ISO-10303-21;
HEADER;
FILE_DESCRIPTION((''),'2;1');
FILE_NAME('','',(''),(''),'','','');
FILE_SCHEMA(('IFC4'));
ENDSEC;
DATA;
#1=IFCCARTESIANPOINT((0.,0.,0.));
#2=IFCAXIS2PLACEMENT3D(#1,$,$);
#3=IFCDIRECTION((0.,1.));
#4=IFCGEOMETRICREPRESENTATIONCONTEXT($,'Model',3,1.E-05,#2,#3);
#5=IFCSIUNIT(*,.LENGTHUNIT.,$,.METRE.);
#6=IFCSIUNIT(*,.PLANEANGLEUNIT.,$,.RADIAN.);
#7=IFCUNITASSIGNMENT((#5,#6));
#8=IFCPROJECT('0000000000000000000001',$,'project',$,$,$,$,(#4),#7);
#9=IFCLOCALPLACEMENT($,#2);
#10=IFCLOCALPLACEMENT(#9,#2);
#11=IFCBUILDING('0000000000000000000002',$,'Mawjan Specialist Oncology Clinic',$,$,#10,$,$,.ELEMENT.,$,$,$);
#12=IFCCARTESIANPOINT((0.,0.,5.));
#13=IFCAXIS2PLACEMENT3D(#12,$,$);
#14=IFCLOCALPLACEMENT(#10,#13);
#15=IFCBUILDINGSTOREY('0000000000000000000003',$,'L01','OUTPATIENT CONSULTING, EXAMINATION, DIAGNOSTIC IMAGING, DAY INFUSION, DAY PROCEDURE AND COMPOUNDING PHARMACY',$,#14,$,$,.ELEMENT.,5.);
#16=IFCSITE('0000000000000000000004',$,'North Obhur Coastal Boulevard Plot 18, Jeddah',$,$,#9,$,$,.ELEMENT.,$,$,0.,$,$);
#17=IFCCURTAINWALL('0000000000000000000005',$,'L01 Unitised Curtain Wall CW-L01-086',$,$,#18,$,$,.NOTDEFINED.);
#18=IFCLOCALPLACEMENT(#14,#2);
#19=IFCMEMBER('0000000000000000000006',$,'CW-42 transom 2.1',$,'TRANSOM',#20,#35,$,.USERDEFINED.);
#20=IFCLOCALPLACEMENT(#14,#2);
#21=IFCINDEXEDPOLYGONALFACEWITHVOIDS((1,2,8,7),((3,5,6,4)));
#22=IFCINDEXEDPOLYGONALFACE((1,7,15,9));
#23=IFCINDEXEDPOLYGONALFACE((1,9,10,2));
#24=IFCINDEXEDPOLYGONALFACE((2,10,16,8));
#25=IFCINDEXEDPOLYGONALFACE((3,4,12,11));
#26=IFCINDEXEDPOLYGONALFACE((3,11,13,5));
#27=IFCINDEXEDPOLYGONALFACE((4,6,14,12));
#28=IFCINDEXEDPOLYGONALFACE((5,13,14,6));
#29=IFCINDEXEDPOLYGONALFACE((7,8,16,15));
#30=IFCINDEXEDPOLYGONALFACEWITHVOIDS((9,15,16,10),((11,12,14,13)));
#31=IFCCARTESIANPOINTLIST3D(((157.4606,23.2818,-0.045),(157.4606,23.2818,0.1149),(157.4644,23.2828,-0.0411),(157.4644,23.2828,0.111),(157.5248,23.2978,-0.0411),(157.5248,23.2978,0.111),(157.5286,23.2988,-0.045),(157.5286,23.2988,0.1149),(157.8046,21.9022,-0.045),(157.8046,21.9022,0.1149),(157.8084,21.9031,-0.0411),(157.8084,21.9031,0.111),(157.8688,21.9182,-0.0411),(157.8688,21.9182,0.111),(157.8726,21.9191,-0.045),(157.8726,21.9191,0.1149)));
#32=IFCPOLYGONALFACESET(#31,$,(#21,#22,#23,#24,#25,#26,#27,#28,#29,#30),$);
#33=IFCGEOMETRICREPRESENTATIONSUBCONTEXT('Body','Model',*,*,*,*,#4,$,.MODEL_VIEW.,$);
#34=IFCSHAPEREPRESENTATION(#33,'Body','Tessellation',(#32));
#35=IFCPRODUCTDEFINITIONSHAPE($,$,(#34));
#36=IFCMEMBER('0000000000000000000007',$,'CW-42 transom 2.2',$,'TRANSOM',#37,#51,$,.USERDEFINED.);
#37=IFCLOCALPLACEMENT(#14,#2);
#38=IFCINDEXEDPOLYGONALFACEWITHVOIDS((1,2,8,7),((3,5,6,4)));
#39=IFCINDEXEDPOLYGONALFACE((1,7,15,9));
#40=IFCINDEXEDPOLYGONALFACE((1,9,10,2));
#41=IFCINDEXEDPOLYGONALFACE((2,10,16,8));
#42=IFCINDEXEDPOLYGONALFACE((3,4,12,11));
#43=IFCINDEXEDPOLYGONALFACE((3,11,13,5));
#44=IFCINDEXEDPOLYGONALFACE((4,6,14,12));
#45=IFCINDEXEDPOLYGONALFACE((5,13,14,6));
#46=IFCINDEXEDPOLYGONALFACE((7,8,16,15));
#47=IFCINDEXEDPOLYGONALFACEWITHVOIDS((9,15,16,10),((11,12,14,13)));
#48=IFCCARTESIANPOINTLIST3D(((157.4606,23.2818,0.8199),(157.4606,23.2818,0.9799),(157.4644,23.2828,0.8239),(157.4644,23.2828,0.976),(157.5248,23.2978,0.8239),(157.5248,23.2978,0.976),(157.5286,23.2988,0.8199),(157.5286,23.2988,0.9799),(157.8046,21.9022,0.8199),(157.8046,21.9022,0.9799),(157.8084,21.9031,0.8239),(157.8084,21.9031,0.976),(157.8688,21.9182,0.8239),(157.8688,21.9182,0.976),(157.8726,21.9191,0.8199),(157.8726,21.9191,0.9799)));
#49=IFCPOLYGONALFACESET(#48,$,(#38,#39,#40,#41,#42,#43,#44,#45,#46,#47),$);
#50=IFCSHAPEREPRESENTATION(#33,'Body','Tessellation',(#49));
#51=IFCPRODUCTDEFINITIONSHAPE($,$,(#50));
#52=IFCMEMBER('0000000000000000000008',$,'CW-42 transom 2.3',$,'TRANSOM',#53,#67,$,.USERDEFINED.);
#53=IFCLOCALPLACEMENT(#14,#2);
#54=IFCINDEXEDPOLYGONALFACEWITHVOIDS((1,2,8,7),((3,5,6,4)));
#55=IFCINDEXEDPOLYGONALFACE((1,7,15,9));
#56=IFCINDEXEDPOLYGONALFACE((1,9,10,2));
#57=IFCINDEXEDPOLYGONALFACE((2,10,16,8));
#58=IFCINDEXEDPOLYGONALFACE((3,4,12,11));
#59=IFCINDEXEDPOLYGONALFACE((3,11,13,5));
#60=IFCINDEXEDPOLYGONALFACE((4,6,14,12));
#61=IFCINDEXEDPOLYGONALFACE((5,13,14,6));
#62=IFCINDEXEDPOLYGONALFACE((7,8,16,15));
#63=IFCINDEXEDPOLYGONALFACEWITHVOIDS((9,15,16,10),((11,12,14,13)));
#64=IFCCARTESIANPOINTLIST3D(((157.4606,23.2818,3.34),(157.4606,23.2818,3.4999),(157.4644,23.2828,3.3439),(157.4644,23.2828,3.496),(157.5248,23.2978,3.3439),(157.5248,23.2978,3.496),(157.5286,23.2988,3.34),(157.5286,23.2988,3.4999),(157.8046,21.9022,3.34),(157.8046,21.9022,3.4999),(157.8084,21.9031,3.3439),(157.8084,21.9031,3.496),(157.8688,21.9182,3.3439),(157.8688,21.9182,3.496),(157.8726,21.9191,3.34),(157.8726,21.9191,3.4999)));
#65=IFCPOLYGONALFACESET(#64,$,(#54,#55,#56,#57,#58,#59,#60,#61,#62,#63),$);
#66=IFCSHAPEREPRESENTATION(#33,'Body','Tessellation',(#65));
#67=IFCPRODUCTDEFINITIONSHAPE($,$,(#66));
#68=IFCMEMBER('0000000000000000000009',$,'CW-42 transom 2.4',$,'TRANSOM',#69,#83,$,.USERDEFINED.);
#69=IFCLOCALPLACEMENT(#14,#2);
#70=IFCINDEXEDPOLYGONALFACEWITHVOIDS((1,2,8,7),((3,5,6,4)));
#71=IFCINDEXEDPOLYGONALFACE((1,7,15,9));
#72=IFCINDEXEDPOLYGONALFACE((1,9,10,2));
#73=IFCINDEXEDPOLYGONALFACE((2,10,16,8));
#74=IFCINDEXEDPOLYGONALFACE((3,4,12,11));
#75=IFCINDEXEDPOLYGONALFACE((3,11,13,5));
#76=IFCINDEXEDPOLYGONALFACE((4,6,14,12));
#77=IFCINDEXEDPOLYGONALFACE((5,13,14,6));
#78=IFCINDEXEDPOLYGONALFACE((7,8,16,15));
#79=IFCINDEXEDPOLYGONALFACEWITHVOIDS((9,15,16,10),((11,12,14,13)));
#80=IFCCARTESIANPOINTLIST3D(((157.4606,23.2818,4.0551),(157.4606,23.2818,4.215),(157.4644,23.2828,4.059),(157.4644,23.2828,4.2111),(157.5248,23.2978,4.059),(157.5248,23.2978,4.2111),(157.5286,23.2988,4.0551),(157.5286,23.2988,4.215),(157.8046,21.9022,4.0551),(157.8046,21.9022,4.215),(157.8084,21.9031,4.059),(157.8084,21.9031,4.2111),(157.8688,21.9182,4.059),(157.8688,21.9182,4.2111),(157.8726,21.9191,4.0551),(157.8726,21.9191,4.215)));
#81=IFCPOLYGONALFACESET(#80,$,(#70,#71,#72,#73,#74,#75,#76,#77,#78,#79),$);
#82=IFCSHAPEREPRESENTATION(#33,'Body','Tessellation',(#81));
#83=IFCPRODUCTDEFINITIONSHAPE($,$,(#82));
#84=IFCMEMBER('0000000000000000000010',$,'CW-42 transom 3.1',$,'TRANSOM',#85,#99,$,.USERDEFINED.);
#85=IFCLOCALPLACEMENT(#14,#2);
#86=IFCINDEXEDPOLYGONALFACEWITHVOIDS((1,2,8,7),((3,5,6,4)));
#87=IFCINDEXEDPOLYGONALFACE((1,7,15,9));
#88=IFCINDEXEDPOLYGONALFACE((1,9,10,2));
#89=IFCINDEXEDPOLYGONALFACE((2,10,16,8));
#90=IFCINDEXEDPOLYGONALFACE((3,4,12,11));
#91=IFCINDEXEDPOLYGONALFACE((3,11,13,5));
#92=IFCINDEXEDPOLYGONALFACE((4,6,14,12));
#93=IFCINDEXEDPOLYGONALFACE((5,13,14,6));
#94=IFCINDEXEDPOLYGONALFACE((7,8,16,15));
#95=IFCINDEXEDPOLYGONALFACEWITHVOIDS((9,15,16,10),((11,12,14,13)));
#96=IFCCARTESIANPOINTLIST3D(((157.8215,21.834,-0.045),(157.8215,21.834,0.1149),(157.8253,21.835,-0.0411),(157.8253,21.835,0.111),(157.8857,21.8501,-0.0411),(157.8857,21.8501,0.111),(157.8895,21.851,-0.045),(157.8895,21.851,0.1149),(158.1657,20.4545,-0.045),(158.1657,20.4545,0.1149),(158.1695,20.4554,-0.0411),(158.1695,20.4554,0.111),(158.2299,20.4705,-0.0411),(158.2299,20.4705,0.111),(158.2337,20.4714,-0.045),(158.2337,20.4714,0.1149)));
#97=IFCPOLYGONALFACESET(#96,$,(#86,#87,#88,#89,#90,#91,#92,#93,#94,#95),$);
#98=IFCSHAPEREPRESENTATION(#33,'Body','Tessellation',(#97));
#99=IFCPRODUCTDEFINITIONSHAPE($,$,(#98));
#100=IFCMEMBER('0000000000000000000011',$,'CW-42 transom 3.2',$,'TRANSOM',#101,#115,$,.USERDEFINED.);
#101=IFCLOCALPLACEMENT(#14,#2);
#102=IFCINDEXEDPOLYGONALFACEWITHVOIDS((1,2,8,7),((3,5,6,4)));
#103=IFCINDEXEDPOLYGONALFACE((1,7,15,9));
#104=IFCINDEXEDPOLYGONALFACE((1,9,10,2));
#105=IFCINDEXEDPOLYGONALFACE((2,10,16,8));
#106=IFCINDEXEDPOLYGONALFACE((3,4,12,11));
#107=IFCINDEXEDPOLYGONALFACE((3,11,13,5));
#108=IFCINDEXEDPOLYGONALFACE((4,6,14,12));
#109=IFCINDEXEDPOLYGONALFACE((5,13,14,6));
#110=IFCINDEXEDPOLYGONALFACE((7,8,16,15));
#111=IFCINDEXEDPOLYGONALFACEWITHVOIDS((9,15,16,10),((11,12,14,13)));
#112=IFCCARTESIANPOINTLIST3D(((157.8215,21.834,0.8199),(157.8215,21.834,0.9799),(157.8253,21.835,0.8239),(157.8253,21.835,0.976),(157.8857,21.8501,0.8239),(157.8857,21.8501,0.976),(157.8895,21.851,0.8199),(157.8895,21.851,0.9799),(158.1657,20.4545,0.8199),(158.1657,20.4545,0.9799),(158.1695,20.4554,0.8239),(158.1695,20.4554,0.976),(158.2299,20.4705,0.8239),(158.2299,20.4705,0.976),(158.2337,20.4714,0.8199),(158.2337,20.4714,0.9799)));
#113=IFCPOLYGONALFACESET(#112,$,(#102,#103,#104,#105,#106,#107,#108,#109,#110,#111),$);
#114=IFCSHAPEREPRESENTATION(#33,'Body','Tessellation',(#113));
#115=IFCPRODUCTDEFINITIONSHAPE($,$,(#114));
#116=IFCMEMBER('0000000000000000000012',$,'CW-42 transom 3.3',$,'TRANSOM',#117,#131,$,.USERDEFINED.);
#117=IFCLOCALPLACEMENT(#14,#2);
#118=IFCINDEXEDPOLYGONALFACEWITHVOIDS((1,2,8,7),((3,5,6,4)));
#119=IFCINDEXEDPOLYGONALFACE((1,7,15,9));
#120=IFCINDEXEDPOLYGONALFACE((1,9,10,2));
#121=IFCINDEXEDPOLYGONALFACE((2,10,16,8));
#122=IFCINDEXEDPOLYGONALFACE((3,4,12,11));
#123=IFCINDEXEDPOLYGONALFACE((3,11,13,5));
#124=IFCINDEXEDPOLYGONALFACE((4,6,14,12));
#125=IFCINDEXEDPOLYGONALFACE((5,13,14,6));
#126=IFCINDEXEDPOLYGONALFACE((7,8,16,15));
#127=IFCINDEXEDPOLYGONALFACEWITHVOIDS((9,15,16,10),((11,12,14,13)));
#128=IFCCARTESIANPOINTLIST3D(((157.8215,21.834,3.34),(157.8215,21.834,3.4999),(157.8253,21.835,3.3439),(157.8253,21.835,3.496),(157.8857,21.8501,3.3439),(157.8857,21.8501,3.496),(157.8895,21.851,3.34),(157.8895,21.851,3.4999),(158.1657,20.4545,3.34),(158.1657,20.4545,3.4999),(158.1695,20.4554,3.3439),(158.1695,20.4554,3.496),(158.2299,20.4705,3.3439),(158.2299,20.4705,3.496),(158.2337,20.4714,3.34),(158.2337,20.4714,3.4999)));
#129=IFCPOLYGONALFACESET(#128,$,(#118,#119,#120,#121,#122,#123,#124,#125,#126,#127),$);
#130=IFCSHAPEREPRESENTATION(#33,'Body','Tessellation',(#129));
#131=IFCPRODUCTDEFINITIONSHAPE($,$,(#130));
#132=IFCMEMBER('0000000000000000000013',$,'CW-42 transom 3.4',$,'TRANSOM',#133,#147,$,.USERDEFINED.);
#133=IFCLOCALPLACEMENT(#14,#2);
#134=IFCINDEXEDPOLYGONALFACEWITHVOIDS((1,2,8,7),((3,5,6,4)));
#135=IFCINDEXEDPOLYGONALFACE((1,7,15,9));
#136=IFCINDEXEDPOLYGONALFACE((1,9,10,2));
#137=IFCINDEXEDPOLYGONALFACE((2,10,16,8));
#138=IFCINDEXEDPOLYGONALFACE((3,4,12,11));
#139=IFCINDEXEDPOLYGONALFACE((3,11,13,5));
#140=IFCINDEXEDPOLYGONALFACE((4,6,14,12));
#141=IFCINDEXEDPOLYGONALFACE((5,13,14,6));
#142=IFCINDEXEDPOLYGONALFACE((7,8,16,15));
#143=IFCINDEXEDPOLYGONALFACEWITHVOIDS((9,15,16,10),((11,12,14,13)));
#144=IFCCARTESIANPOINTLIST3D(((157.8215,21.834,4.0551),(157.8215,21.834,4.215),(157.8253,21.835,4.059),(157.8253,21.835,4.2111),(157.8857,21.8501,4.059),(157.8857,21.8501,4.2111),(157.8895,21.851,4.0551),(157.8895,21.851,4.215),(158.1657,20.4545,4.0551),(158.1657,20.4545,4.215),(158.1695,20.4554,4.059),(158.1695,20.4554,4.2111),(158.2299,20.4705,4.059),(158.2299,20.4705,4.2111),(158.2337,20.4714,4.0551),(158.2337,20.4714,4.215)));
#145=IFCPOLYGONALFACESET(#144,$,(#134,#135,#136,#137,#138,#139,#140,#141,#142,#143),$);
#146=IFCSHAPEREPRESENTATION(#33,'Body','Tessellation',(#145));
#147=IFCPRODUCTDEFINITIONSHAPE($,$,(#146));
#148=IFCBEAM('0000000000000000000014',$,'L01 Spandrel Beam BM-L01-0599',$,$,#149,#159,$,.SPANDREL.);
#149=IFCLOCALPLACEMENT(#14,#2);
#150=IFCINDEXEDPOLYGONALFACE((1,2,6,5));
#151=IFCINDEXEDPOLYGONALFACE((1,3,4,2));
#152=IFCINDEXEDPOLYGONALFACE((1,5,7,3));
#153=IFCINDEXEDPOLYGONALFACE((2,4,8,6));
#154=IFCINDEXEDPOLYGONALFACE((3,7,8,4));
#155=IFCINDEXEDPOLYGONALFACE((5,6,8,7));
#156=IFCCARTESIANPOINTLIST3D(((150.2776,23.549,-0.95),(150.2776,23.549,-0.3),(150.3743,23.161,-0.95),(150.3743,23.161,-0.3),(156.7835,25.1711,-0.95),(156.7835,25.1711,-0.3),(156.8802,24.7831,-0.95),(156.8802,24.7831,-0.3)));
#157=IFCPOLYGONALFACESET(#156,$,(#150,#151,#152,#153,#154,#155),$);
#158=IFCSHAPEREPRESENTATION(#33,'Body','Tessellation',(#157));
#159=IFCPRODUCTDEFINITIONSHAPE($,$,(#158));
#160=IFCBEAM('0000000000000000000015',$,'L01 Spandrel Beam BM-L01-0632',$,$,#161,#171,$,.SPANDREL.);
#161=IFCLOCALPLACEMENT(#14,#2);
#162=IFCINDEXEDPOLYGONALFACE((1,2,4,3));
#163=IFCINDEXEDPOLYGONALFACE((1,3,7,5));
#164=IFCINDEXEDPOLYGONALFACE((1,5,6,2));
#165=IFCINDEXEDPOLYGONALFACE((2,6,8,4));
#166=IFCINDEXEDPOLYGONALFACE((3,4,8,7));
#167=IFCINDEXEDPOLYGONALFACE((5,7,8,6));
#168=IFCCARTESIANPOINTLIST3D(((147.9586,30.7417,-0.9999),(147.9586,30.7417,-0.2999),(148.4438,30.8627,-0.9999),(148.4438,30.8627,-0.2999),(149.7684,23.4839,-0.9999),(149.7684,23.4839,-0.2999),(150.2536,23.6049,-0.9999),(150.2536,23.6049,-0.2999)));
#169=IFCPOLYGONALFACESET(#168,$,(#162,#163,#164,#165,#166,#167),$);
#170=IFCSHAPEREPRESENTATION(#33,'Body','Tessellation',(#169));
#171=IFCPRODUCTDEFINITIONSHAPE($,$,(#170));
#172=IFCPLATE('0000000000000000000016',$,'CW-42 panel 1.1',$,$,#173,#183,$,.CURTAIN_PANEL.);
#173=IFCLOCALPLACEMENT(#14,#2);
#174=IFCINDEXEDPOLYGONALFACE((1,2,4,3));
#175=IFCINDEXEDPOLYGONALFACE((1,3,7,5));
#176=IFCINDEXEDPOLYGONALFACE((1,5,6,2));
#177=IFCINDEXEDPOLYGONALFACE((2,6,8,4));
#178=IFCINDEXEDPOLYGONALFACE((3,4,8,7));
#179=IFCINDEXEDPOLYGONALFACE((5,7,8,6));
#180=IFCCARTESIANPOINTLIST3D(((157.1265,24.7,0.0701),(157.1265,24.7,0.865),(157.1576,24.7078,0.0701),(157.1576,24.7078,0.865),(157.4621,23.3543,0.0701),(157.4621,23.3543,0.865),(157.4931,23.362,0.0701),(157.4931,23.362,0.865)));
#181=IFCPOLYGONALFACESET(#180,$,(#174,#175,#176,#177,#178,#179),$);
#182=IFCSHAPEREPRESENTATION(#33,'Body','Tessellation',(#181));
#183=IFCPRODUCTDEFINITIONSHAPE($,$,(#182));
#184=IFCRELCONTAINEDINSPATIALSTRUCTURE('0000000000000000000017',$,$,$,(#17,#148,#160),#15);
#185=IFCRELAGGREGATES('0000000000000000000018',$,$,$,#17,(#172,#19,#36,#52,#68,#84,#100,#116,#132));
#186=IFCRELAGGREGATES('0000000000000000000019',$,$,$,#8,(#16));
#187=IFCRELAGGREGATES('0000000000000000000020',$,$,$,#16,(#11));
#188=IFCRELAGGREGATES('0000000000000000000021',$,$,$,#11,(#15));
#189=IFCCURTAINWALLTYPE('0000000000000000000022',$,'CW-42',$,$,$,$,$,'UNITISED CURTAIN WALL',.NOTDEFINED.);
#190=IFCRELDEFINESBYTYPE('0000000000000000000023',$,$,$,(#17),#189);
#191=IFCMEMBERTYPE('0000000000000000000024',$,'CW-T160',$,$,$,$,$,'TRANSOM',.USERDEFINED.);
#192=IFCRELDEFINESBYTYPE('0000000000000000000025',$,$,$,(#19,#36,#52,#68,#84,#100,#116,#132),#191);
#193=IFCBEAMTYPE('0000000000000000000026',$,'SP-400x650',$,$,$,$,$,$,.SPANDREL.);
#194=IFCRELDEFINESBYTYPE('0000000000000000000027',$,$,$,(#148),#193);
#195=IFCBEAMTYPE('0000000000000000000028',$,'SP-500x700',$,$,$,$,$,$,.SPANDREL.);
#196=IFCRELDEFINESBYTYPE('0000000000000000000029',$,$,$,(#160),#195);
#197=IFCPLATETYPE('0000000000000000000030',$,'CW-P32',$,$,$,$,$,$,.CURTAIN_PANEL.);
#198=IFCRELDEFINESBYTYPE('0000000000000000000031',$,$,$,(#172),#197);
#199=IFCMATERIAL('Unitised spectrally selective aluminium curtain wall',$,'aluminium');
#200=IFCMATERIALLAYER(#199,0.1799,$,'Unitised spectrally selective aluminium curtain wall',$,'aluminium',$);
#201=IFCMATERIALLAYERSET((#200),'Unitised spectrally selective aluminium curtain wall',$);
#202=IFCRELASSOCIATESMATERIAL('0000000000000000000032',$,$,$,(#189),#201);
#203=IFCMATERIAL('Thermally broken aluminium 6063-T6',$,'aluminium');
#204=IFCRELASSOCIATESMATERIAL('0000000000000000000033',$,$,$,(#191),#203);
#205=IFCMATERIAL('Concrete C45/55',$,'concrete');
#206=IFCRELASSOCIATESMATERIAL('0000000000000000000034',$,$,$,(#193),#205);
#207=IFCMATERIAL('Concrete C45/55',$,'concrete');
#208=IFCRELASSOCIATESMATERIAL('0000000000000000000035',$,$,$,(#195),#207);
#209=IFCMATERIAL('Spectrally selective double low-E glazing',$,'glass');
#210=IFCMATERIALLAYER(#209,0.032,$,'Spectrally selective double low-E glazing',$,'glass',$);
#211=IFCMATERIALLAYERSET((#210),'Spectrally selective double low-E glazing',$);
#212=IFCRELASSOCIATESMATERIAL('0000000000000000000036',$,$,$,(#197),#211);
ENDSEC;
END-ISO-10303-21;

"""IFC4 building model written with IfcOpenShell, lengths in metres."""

from ifc_helpers import new_model, si_unit, direction, frame, origin, origin_2d, place, context, subcontext, project, spatial, rectangle, hollow_rectangle, extrude, material, layer, layer_set, material_profile, profile_set, type_object, element, aggregate, save


model = new_model("IFC4")

# Units and contexts
model_context = context("Model", 3, precision=1e-05, world=origin(), true_north=direction((0.0, 1.0)))
body_context = subcontext(model_context, "Body", "Model", "MODEL_VIEW")
ifc_project = project(units=[si_unit("LENGTHUNIT", "METRE"), si_unit("PLANEANGLEUNIT", "RADIAN")], contexts=[model_context])

# Site, building, storey
site_placement = place(None, origin())
site = spatial("IfcSite", under=ifc_project, at=site_placement, Name="North Obhur Coastal Boulevard Plot 18, Jeddah", CompositionType="ELEMENT", RefElevation=0.0)
building_placement = place(site_placement, origin())
building = spatial("IfcBuilding", under=site, at=building_placement, Name="Mawjan Specialist Oncology Clinic", CompositionType="ELEMENT")
storey_placement = place(building_placement, frame((0.0, 0.0, 5.0)))
storey = spatial("IfcBuildingStorey", under=building, at=storey_placement, Name="L01", Description="OUTPATIENT CONSULTING, EXAMINATION, DIAGNOSTIC IMAGING, DAY INFUSION, DAY PROCEDURE AND COMPOUNDING PHARMACY", CompositionType="ELEMENT", Elevation=5.0)

# Curtain wall, members
ifc_material_1 = material(Name="Unitised spectrally selective aluminium curtain wall", Category="aluminium")
ifc_layer_1 = layer(ifc_material_1, 0.1799, Name="Unitised spectrally selective aluminium curtain wall", Category="aluminium")
ifc_layer_set_1 = layer_set([ifc_layer_1], Name="Unitised spectrally selective aluminium curtain wall")
curtain_wall_type_1 = type_object("IfcCurtainWallType", Name="CW-42", ElementType="UNITISED CURTAIN WALL", PredefinedType="NOTDEFINED", material=ifc_layer_set_1)
curtain_wall_1_placement = place(storey_placement, origin())
curtain_wall_1 = element("IfcCurtainWall", 1, at=curtain_wall_1_placement, inside=storey, type_object=curtain_wall_type_1, Name="L01 Unitised Curtain Wall CW-L01-086", PredefinedType="NOTDEFINED")
ifc_material_2 = material(Name="Thermally broken aluminium 6063-T6", Category="aluminium")
ifc_material_profile_1 = material_profile(ifc_material_2, hollow_rectangle(XDim=0.0701, YDim=0.1599, WallThickness=0.0039, at=origin_2d()), Name="ALU TRANSOM 160x70x4", Category="aluminium")
ifc_profile_set_1 = profile_set([ifc_material_profile_1], Name="Thermally broken aluminium 6063-T6")
member_type_1 = type_object("IfcMemberType", Name="CW-T160", ElementType="TRANSOM", PredefinedType="USERDEFINED", material=ifc_profile_set_1)
member_1_placement = place(storey_placement, frame((157.4946, 23.2903, 0.0349), z_axis=(0.24193, -0.970294, 0.0), x_axis=(0.970294, 0.24193, 0.0)))
member_1 = element("IfcMember", 2, at=member_1_placement, type_object=member_type_1, Name="CW-42 transom 2.1", ObjectType="TRANSOM", PredefinedType="USERDEFINED", context=body_context, shape_type="SweptSolid", body=[
    extrude(hollow_rectangle(XDim=0.0701, YDim=0.1599, WallThickness=0.0039, at=origin_2d()), origin(), (0.0, 0.0, 1.0), 1.4219),
])
member_2_placement = place(storey_placement, frame((157.4946, 23.2903, 0.8999), z_axis=(0.24193, -0.970294, 0.0), x_axis=(0.970294, 0.24193, 0.0)))
member_2 = element("IfcMember", 3, at=member_2_placement, type_object=member_type_1, Name="CW-42 transom 2.2", ObjectType="TRANSOM", PredefinedType="USERDEFINED", context=body_context, shape_type="SweptSolid", body=[
    extrude(hollow_rectangle(XDim=0.0701, YDim=0.1599, WallThickness=0.0039, at=origin_2d()), origin(), (0.0, 0.0, 1.0), 1.4219),
])
member_3_placement = place(storey_placement, frame((157.4946, 23.2903, 3.4199), z_axis=(0.24193, -0.970294, 0.0), x_axis=(0.970294, 0.24193, 0.0)))
member_3 = element("IfcMember", 4, at=member_3_placement, type_object=member_type_1, Name="CW-42 transom 2.3", ObjectType="TRANSOM", PredefinedType="USERDEFINED", context=body_context, shape_type="SweptSolid", body=[
    extrude(hollow_rectangle(XDim=0.0701, YDim=0.1599, WallThickness=0.0039, at=origin_2d()), origin(), (0.0, 0.0, 1.0), 1.4219),
])
member_4_placement = place(storey_placement, frame((157.4946, 23.2903, 4.135), z_axis=(0.24193, -0.970294, 0.0), x_axis=(0.970294, 0.24193, 0.0)))
member_4 = element("IfcMember", 5, at=member_4_placement, type_object=member_type_1, Name="CW-42 transom 2.4", ObjectType="TRANSOM", PredefinedType="USERDEFINED", context=body_context, shape_type="SweptSolid", body=[
    extrude(hollow_rectangle(XDim=0.0701, YDim=0.1599, WallThickness=0.0039, at=origin_2d()), origin(), (0.0, 0.0, 1.0), 1.4219),
])
member_5_placement = place(storey_placement, frame((157.8555, 21.8425, 0.0349), z_axis=(0.242091, -0.970253, 0.0), x_axis=(0.970253, 0.242091, 0.0)))
member_5 = element("IfcMember", 6, at=member_5_placement, type_object=member_type_1, Name="CW-42 transom 3.1", ObjectType="TRANSOM", PredefinedType="USERDEFINED", context=body_context, shape_type="SweptSolid", body=[
    extrude(hollow_rectangle(XDim=0.0701, YDim=0.1599, WallThickness=0.0039, at=origin_2d()), origin(), (0.0, 0.0, 1.0), 1.4219),
])
member_6_placement = place(storey_placement, frame((157.8555, 21.8425, 0.8999), z_axis=(0.242091, -0.970253, 0.0), x_axis=(0.970253, 0.242091, 0.0)))
member_6 = element("IfcMember", 7, at=member_6_placement, type_object=member_type_1, Name="CW-42 transom 3.2", ObjectType="TRANSOM", PredefinedType="USERDEFINED", context=body_context, shape_type="SweptSolid", body=[
    extrude(hollow_rectangle(XDim=0.0701, YDim=0.1599, WallThickness=0.0039, at=origin_2d()), origin(), (0.0, 0.0, 1.0), 1.4219),
])
member_7_placement = place(storey_placement, frame((157.8555, 21.8425, 3.4199), z_axis=(0.242091, -0.970253, 0.0), x_axis=(0.970253, 0.242091, 0.0)))
member_7 = element("IfcMember", 8, at=member_7_placement, type_object=member_type_1, Name="CW-42 transom 3.3", ObjectType="TRANSOM", PredefinedType="USERDEFINED", context=body_context, shape_type="SweptSolid", body=[
    extrude(hollow_rectangle(XDim=0.0701, YDim=0.1599, WallThickness=0.0039, at=origin_2d()), origin(), (0.0, 0.0, 1.0), 1.4219),
])
member_8_placement = place(storey_placement, frame((157.8555, 21.8425, 4.135), z_axis=(0.242091, -0.970253, 0.0), x_axis=(0.970253, 0.242091, 0.0)))
member_8 = element("IfcMember", 9, at=member_8_placement, type_object=member_type_1, Name="CW-42 transom 3.4", ObjectType="TRANSOM", PredefinedType="USERDEFINED", context=body_context, shape_type="SweptSolid", body=[
    extrude(hollow_rectangle(XDim=0.0701, YDim=0.1599, WallThickness=0.0039, at=origin_2d()), origin(), (0.0, 0.0, 1.0), 1.4219),
])

# Beams
ifc_material_3 = material(Name="Concrete C45/55", Category="concrete")
ifc_material_profile_2 = material_profile(ifc_material_3, rectangle(XDim=0.3999, YDim=0.6499, at=origin_2d()), Name="RC BM 400x650", Category="concrete")
ifc_profile_set_2 = profile_set([ifc_material_profile_2], Name="Concrete C45/55")
beam_type_1 = type_object("IfcBeamType", Name="SP-400x650", PredefinedType="SPANDREL", material=ifc_profile_set_2)
beam_1_placement = place(storey_placement, frame((150.3259, 23.355, -0.625), z_axis=(0.970297, 0.241919, 0.0), x_axis=(-0.241919, 0.970297, 0.0)))
element("IfcBeam", 10, at=beam_1_placement, inside=storey, type_object=beam_type_1, Name="L01 Spandrel Beam BM-L01-0599", PredefinedType="SPANDREL", context=body_context, shape_type="SweptSolid", body=[
    extrude(rectangle(XDim=0.3999, YDim=0.6499, at=origin_2d()), origin(), (0.0, 0.0, 1.0), 6.7051),
])
ifc_material_4 = material(Name="Concrete C45/55", Category="concrete")
ifc_material_profile_3 = material_profile(ifc_material_4, rectangle(XDim=0.5, YDim=0.7, at=origin_2d()), Name="RC BM 500x700", Category="concrete")
ifc_profile_set_3 = profile_set([ifc_material_profile_3], Name="Concrete C45/55")
beam_type_2 = type_object("IfcBeamType", Name="SP-500x700", PredefinedType="SPANDREL", material=ifc_profile_set_3)
beam_2_placement = place(storey_placement, frame((150.011, 23.5444, -0.6499), z_axis=(-0.241952, 0.970288, 0.0), x_axis=(-0.970288, -0.241952, 0.0)))
element("IfcBeam", 11, at=beam_2_placement, inside=storey, type_object=beam_type_2, Name="L01 Spandrel Beam BM-L01-0632", PredefinedType="SPANDREL", context=body_context, shape_type="SweptSolid", body=[
    extrude(rectangle(XDim=0.5, YDim=0.7, at=origin_2d()), origin(), (0.0, 0.0, 1.0), 7.48),
])

# Plate
ifc_material_5 = material(Name="Spectrally selective double low-E glazing", Category="glass")
ifc_layer_2 = layer(ifc_material_5, 0.032, Name="Spectrally selective double low-E glazing", Category="glass")
ifc_layer_set_2 = layer_set([ifc_layer_2], Name="Spectrally selective double low-E glazing")
plate_type = type_object("IfcPlateType", Name="CW-P32", PredefinedType="CURTAIN_PANEL", material=ifc_layer_set_2)
plate_1_placement = place(storey_placement, frame((157.3098, 24.031, 0.0701), z_axis=(0.0, 0.0, 1.0), x_axis=(0.241922, -0.970296, 0.0)))
plate_1 = element("IfcPlate", 12, at=plate_1_placement, type_object=plate_type, Name="CW-42 panel 1.1", PredefinedType="CURTAIN_PANEL", context=body_context, shape_type="SweptSolid", body=[
    extrude(rectangle(XDim=1.387, YDim=0.032, at=origin_2d()), origin(), (0.0, 0.0, 1.0), 0.7949),
])
aggregate(curtain_wall_1, [plate_1, member_1, member_2, member_3, member_4, member_5, member_6, member_7, member_8])

save(model, "model.ifc")
